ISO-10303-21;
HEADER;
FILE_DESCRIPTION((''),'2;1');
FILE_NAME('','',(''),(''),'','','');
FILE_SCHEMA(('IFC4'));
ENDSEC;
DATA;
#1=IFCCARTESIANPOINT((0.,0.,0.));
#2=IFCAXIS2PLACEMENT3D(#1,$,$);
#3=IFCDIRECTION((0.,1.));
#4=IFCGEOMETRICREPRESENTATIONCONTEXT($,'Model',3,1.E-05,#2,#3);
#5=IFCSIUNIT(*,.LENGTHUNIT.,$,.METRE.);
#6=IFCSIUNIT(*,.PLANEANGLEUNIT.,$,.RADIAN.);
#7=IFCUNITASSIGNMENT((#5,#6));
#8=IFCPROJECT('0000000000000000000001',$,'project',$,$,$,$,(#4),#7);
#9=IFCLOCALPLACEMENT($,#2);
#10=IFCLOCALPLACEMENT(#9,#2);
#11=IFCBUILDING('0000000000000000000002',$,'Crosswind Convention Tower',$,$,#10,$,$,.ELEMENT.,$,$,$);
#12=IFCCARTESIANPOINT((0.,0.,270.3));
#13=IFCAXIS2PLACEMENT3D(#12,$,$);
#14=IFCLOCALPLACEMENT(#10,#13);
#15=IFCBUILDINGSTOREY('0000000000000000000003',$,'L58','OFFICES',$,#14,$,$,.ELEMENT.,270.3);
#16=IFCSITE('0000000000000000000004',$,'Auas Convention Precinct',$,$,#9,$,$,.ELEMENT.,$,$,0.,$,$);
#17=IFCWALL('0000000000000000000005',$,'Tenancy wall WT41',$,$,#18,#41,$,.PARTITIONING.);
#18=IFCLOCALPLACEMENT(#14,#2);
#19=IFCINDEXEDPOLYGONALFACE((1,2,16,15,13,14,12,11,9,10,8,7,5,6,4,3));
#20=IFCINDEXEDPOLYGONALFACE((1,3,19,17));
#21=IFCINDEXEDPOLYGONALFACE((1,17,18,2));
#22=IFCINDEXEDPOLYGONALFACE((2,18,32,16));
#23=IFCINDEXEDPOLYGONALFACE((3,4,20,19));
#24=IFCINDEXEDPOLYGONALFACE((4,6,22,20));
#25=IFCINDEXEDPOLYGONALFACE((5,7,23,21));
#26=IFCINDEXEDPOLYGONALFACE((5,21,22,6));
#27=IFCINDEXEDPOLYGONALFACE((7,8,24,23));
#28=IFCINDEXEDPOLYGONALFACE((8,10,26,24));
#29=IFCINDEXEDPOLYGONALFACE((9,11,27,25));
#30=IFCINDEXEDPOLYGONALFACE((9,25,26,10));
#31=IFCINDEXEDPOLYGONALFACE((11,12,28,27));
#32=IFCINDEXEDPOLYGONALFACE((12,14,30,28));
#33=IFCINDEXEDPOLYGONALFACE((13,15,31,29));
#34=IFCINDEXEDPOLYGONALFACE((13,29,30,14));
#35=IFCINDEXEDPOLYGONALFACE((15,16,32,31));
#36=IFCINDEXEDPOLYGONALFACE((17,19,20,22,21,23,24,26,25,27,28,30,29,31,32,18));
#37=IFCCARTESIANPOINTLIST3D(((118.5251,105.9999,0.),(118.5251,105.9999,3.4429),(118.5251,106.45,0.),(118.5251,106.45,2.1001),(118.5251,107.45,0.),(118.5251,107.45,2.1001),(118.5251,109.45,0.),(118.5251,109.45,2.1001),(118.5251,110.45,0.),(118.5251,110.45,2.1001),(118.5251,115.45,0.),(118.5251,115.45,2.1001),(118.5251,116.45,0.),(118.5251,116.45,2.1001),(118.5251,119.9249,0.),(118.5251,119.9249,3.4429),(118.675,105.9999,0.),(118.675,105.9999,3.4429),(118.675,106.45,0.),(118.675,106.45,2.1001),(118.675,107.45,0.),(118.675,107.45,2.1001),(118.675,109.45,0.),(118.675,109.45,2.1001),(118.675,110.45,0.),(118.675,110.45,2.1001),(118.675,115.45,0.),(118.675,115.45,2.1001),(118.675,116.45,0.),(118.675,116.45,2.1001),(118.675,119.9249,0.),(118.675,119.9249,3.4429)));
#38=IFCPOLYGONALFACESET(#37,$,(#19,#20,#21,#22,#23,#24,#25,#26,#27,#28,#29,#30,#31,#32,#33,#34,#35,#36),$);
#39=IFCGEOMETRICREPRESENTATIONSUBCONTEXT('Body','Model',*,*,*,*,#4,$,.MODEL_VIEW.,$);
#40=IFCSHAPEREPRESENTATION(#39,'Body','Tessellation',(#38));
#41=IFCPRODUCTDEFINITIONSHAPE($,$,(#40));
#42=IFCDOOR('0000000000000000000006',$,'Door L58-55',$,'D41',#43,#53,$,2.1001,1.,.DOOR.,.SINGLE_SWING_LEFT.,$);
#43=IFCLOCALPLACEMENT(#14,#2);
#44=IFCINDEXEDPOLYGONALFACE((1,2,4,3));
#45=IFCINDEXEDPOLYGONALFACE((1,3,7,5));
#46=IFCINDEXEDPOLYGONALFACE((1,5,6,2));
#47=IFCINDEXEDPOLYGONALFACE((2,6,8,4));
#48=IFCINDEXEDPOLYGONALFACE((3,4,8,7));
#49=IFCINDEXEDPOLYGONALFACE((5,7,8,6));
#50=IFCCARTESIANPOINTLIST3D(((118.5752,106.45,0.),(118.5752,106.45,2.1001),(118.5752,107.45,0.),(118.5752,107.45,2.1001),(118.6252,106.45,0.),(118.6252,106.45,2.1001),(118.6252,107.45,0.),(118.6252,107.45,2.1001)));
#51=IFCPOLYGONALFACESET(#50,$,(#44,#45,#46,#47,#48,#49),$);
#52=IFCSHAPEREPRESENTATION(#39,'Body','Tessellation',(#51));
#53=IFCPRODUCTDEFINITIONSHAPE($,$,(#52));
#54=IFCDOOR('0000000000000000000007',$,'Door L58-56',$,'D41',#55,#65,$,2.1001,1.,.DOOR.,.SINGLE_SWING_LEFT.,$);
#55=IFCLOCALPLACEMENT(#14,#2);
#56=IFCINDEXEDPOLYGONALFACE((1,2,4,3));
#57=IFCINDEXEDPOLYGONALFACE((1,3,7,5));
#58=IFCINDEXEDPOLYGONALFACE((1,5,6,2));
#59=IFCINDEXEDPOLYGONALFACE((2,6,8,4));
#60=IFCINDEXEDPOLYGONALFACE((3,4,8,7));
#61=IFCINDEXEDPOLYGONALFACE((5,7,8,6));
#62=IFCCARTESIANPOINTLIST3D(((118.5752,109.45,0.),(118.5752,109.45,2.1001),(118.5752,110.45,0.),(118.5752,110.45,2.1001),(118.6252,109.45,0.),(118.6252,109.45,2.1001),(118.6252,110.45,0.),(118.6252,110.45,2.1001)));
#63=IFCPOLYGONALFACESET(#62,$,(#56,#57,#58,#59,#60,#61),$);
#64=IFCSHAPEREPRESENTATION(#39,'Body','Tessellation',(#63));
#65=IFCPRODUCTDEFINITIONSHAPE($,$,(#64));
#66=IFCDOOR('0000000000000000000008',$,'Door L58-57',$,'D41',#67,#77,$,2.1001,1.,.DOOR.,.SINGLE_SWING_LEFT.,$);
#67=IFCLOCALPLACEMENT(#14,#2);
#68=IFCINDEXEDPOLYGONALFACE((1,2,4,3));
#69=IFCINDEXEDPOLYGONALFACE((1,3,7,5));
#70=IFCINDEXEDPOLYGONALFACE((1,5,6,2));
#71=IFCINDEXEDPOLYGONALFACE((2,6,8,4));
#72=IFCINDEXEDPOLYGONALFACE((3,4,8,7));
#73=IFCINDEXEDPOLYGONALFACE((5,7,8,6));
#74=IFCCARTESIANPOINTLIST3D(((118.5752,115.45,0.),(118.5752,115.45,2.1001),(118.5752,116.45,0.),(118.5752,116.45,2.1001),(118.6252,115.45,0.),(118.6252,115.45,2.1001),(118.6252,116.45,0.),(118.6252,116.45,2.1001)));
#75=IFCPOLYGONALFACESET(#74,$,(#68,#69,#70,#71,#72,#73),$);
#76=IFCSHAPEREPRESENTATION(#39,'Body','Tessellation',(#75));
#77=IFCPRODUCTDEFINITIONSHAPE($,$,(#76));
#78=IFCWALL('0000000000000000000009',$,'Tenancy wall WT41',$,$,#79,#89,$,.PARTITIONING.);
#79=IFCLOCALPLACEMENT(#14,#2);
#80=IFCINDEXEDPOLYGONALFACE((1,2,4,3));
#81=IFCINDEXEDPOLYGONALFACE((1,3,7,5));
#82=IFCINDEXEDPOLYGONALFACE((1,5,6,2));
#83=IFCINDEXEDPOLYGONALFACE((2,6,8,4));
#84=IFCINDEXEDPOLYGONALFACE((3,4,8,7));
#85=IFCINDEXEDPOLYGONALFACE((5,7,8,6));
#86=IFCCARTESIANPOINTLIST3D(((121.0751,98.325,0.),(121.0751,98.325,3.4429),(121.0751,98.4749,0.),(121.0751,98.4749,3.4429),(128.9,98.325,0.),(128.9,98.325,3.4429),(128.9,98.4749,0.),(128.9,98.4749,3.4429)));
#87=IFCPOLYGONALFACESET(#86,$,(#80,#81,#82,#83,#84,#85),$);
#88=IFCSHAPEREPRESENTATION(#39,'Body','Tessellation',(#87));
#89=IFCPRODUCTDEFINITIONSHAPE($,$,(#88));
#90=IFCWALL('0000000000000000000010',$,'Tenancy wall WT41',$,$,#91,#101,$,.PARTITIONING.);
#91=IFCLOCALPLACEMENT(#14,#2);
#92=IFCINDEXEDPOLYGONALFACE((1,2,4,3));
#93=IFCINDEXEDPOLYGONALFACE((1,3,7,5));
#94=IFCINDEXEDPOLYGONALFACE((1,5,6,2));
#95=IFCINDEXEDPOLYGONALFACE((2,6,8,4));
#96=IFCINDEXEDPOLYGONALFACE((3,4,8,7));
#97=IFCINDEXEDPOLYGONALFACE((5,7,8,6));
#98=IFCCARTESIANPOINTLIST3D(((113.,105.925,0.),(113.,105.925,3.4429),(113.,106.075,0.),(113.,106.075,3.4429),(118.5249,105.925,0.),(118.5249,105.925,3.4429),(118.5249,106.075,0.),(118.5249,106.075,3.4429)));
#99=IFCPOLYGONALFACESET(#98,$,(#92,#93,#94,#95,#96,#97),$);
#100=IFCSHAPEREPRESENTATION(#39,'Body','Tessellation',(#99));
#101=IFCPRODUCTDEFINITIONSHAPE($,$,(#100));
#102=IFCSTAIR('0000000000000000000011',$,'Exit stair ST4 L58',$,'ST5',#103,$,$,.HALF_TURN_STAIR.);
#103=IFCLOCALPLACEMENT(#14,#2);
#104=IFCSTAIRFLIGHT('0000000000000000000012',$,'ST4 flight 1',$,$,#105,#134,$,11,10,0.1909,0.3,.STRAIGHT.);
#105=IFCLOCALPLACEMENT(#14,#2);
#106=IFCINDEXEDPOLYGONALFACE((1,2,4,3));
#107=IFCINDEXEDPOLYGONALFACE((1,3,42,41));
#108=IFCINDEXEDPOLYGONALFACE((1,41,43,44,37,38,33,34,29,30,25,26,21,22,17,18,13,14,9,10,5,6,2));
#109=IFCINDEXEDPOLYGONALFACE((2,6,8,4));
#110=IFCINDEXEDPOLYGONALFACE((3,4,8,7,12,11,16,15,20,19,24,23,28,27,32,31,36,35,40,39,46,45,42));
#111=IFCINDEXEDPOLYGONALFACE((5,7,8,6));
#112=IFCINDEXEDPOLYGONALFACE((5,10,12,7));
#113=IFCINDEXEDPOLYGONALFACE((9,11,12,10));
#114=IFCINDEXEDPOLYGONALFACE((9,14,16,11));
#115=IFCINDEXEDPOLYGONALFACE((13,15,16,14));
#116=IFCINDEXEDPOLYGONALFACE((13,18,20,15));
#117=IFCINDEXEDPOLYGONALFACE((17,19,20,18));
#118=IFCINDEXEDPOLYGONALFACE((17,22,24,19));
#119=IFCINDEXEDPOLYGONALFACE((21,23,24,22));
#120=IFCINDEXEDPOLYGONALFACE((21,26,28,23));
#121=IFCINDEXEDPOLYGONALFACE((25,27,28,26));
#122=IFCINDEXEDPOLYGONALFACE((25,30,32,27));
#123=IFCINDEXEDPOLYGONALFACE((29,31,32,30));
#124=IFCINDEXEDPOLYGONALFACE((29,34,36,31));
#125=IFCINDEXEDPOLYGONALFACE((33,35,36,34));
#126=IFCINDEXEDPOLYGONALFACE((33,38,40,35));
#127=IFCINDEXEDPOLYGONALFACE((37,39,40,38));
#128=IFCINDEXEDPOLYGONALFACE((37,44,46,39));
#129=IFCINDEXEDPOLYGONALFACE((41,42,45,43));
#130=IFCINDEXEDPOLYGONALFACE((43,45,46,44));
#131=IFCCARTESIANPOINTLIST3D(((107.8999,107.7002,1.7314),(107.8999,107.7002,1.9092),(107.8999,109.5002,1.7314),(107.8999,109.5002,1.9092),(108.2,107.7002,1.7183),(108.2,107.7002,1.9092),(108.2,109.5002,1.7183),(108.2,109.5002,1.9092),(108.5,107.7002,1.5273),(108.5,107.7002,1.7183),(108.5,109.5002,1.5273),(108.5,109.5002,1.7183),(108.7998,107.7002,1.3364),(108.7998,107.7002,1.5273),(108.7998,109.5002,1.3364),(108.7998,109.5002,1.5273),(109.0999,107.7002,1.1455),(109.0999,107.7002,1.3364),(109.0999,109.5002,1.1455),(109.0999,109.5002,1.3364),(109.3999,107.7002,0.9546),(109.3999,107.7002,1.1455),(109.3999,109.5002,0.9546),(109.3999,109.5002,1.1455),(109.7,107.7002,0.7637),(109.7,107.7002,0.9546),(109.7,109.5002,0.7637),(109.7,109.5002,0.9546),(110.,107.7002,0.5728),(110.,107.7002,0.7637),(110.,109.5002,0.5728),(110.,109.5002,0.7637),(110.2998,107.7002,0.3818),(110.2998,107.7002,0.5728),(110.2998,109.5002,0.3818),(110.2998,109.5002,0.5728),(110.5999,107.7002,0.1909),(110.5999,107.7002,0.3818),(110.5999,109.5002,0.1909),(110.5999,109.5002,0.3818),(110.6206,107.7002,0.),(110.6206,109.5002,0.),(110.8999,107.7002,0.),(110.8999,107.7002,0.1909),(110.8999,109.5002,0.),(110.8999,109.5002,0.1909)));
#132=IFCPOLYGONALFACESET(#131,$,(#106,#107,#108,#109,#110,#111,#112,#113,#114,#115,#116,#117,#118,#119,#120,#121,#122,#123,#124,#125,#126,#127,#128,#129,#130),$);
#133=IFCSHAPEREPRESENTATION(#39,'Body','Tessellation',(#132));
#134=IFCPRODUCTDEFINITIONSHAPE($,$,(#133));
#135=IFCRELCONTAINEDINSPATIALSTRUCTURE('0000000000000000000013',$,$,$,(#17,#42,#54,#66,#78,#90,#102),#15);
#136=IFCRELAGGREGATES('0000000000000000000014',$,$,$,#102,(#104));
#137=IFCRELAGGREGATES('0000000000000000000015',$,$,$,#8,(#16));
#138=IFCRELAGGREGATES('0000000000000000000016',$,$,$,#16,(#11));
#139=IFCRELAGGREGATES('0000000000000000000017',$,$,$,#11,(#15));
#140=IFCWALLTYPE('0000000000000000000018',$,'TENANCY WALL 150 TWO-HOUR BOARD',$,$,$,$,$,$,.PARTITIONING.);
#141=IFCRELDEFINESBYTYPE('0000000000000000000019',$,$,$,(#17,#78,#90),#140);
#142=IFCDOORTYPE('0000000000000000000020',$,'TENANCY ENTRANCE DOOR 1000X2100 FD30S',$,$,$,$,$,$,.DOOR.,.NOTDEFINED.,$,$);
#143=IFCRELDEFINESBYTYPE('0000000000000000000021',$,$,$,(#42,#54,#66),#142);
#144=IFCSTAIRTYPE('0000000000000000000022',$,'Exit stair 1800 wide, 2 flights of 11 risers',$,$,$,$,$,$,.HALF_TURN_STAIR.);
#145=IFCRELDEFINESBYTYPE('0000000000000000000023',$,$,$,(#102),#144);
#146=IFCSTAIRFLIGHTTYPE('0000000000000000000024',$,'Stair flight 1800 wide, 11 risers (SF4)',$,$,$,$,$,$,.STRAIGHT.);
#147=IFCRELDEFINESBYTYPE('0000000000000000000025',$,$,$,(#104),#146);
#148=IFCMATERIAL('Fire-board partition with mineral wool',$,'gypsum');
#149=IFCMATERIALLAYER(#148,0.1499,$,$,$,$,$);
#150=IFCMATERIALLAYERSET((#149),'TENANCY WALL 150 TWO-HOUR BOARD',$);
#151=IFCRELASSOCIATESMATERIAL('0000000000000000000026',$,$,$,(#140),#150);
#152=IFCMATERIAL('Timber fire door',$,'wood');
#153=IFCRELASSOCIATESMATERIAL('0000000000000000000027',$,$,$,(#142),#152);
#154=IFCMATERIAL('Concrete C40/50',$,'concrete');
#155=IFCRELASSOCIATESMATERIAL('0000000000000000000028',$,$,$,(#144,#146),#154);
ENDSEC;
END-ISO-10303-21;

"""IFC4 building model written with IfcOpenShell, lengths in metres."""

from ifc_helpers import new_model, si_unit, direction, frame, frame_2d, origin, place, context, subcontext, project, spatial, polyline, rectangle, outline, extrude, material, layer, layer_set, type_object, element, fill, aggregate, save


model = new_model("IFC4")

# Units and contexts
model_context = context("Model", 3, precision=1e-05, world=origin(), true_north=direction((0.0, 1.0)))
body_context = subcontext(model_context, "Body", "Model", "MODEL_VIEW")
ifc_project = project(units=[si_unit("LENGTHUNIT", "METRE"), si_unit("PLANEANGLEUNIT", "RADIAN")], contexts=[model_context])

# Site, building, storey
site_placement = place(None, origin())
site = spatial("IfcSite", under=ifc_project, at=site_placement, Name="Auas Convention Precinct", CompositionType="ELEMENT", RefElevation=0.0)
building_placement = place(site_placement, origin())
building = spatial("IfcBuilding", under=site, at=building_placement, Name="Crosswind Convention Tower", CompositionType="ELEMENT")
storey_placement = place(building_placement, frame((0.0, 0.0, 270.3)))
storey = spatial("IfcBuildingStorey", under=building, at=storey_placement, Name="L58", Description="OFFICES", CompositionType="ELEMENT", Elevation=270.3)

# Wall, openings, doors
ifc_material_1 = material(Name="Fire-board partition with mineral wool", Category="gypsum")
ifc_layer_1 = layer(ifc_material_1, 0.1499)
ifc_layer_set_1 = layer_set([ifc_layer_1], Name="TENANCY WALL 150 TWO-HOUR BOARD")
wall_type_1 = type_object("IfcWallType", Name="TENANCY WALL 150 TWO-HOUR BOARD", PredefinedType="PARTITIONING", material=ifc_layer_set_1)
wall_1_placement = place(storey_placement, frame((118.6001, 106.0, 0.0), z_axis=(0.0, 0.0, 1.0), x_axis=(0.0, 1.0, 0.0)))
wall_1 = element("IfcWall", 1, at=wall_1_placement, inside=storey, type_object=wall_type_1, Name="Tenancy wall WT41", PredefinedType="PARTITIONING", context=body_context, shape_type="SweptSolid", body=[
    extrude(rectangle(XDim=13.925, YDim=0.1499, at=frame_2d((6.9624, 0.0))), origin(), (0.0, 0.0, 1.0), 3.4429),
])
opening_1_placement = place(wall_1_placement, frame((0.45, 0.0, 0.0)))
opening_1 = element("IfcOpeningElement", 2, at=opening_1_placement, cuts=wall_1, PredefinedType="OPENING", context=body_context, shape_type="SweptSolid", body=[
    extrude(rectangle(XDim=1.0, YDim=2.1001, at=frame_2d((0.5, 1.05))), frame((0.0, 0.085, 0.0), z_axis=(0.0, -1.0, 0.0), x_axis=(1.0, 0.0, 0.0)), (0.0, 0.0, 1.0), 0.1699),
])
opening_2_placement = place(wall_1_placement, frame((3.45, 0.0, 0.0)))
opening_2 = element("IfcOpeningElement", 3, at=opening_2_placement, cuts=wall_1, PredefinedType="OPENING", context=body_context, shape_type="SweptSolid", body=[
    extrude(rectangle(XDim=1.0, YDim=2.1001, at=frame_2d((0.5, 1.05))), frame((0.0, 0.085, 0.0), z_axis=(0.0, -1.0, 0.0), x_axis=(1.0, 0.0, 0.0)), (0.0, 0.0, 1.0), 0.1699),
])
opening_3_placement = place(wall_1_placement, frame((9.45, 0.0, 0.0)))
opening_3 = element("IfcOpeningElement", 4, at=opening_3_placement, cuts=wall_1, PredefinedType="OPENING", context=body_context, shape_type="SweptSolid", body=[
    extrude(rectangle(XDim=1.0, YDim=2.1001, at=frame_2d((0.5, 1.05))), frame((0.0, 0.085, 0.0), z_axis=(0.0, -1.0, 0.0), x_axis=(1.0, 0.0, 0.0)), (0.0, 0.0, 1.0), 0.1699),
])
ifc_material_2 = material(Name="Timber fire door", Category="wood")
door_type_1 = type_object("IfcDoorType", Name="TENANCY ENTRANCE DOOR 1000X2100 FD30S", OperationType="NOTDEFINED", PredefinedType="DOOR", material=ifc_material_2)
door_1_placement = place(opening_1_placement, origin())
door_1 = element("IfcDoor", 5, at=door_1_placement, inside=storey, type_object=door_type_1, Name="Door L58-55", ObjectType="D41", OperationType="SINGLE_SWING_LEFT", OverallHeight=2.1001, OverallWidth=1.0, PredefinedType="DOOR", context=body_context, shape_type="SweptSolid", body=[
    extrude(rectangle(XDim=1.0, YDim=2.1001, at=frame_2d((0.5, 1.05))), frame((0.0, 0.0249, 0.0), z_axis=(0.0, -1.0, 0.0), x_axis=(1.0, 0.0, 0.0)), (0.0, 0.0, 1.0), 0.05),
])
fill(opening_1, door_1)
door_2_placement = place(opening_2_placement, origin())
door_2 = element("IfcDoor", 6, at=door_2_placement, inside=storey, type_object=door_type_1, Name="Door L58-56", ObjectType="D41", OperationType="SINGLE_SWING_LEFT", OverallHeight=2.1001, OverallWidth=1.0, PredefinedType="DOOR", context=body_context, shape_type="SweptSolid", body=[
    extrude(rectangle(XDim=1.0, YDim=2.1001, at=frame_2d((0.5, 1.05))), frame((0.0, 0.0249, 0.0), z_axis=(0.0, -1.0, 0.0), x_axis=(1.0, 0.0, 0.0)), (0.0, 0.0, 1.0), 0.05),
])
fill(opening_2, door_2)
door_3_placement = place(opening_3_placement, origin())
door_3 = element("IfcDoor", 7, at=door_3_placement, inside=storey, type_object=door_type_1, Name="Door L58-57", ObjectType="D41", OperationType="SINGLE_SWING_LEFT", OverallHeight=2.1001, OverallWidth=1.0, PredefinedType="DOOR", context=body_context, shape_type="SweptSolid", body=[
    extrude(rectangle(XDim=1.0, YDim=2.1001, at=frame_2d((0.5, 1.05))), frame((0.0, 0.0249, 0.0), z_axis=(0.0, -1.0, 0.0), x_axis=(1.0, 0.0, 0.0)), (0.0, 0.0, 1.0), 0.05),
])
fill(opening_3, door_3)

# Walls
wall_2_placement = place(storey_placement, frame((121.075, 98.3999, 0.0), z_axis=(0.0, 0.0, 1.0), x_axis=(1.0, 0.0, 0.0)))
element("IfcWall", 8, at=wall_2_placement, inside=storey, type_object=wall_type_1, Name="Tenancy wall WT41", PredefinedType="PARTITIONING", context=body_context, shape_type="SweptSolid", body=[
    extrude(rectangle(XDim=7.825, YDim=0.1499, at=frame_2d((3.9126, 0.0))), origin(), (0.0, 0.0, 1.0), 3.4429),
])
wall_3_placement = place(storey_placement, frame((113.0, 106.0, 0.0), z_axis=(0.0, 0.0, 1.0), x_axis=(1.0, 0.0, 0.0)))
element("IfcWall", 9, at=wall_3_placement, inside=storey, type_object=wall_type_1, Name="Tenancy wall WT41", PredefinedType="PARTITIONING", context=body_context, shape_type="SweptSolid", body=[
    extrude(rectangle(XDim=5.5249, YDim=0.1499, at=frame_2d((2.7625, 0.0))), origin(), (0.0, 0.0, 1.0), 3.4429),
])

# Stair, stair flight
ifc_material_3 = material(Name="Concrete C40/50", Category="concrete")
stair_type = type_object("IfcStairType", Name="Exit stair 1800 wide, 2 flights of 11 risers", PredefinedType="HALF_TURN_STAIR", material=ifc_material_3)
stair_placement = place(storey_placement, origin())
stair = element("IfcStair", 10, at=stair_placement, inside=storey, type_object=stair_type, Name="Exit stair ST4 L58", ObjectType="ST5", PredefinedType="HALF_TURN_STAIR")
stair_flight_type = type_object("IfcStairFlightType", Name="Stair flight 1800 wide, 11 risers (SF4)", PredefinedType="STRAIGHT", material=ifc_material_3)
stair_flight_placement = place(storey_placement, frame((110.8999, 108.6001, 0.0), z_axis=(0.0, 0.0, 1.0), x_axis=(-1.0, 0.0, 0.0)))
stair_flight = element("IfcStairFlight", 11, at=stair_flight_placement, type_object=stair_flight_type, Name="ST4 flight 1", NumberOfRisers=11, NumberOfTreads=10, PredefinedType="STRAIGHT", RiserHeight=0.1909, TreadLength=0.3, context=body_context, shape_type="SweptSolid", body=[
    extrude(outline(polyline([(0.0, 0.0), (0.0, 0.1909), (0.3, 0.1909), (0.3, 0.3818), (0.6001, 0.3818), (0.6001, 0.5728), (0.8999, 0.5728), (0.8999, 0.7637), (1.2, 0.7637), (1.2, 0.9546), (1.5, 0.9546), (1.5, 1.1455), (1.8, 1.1455), (1.8, 1.3364), (2.1001, 1.3364), (2.1001, 1.5273), (2.3999, 1.5273), (2.3999, 1.7183), (2.7, 1.7183), (2.7, 1.9092), (3.0, 1.9092), (3.0, 2.1001), (3.0, 1.7314), (0.2793, 0.0), (0.0, 0.0)])), frame((0.0, 0.8999, 0.0), z_axis=(0.0, -1.0, 0.0), x_axis=(1.0, 0.0, 0.0)), (0.0, 0.0, 1.0), 1.8),
])
aggregate(stair, [stair_flight])

save(model, "model.ifc")
